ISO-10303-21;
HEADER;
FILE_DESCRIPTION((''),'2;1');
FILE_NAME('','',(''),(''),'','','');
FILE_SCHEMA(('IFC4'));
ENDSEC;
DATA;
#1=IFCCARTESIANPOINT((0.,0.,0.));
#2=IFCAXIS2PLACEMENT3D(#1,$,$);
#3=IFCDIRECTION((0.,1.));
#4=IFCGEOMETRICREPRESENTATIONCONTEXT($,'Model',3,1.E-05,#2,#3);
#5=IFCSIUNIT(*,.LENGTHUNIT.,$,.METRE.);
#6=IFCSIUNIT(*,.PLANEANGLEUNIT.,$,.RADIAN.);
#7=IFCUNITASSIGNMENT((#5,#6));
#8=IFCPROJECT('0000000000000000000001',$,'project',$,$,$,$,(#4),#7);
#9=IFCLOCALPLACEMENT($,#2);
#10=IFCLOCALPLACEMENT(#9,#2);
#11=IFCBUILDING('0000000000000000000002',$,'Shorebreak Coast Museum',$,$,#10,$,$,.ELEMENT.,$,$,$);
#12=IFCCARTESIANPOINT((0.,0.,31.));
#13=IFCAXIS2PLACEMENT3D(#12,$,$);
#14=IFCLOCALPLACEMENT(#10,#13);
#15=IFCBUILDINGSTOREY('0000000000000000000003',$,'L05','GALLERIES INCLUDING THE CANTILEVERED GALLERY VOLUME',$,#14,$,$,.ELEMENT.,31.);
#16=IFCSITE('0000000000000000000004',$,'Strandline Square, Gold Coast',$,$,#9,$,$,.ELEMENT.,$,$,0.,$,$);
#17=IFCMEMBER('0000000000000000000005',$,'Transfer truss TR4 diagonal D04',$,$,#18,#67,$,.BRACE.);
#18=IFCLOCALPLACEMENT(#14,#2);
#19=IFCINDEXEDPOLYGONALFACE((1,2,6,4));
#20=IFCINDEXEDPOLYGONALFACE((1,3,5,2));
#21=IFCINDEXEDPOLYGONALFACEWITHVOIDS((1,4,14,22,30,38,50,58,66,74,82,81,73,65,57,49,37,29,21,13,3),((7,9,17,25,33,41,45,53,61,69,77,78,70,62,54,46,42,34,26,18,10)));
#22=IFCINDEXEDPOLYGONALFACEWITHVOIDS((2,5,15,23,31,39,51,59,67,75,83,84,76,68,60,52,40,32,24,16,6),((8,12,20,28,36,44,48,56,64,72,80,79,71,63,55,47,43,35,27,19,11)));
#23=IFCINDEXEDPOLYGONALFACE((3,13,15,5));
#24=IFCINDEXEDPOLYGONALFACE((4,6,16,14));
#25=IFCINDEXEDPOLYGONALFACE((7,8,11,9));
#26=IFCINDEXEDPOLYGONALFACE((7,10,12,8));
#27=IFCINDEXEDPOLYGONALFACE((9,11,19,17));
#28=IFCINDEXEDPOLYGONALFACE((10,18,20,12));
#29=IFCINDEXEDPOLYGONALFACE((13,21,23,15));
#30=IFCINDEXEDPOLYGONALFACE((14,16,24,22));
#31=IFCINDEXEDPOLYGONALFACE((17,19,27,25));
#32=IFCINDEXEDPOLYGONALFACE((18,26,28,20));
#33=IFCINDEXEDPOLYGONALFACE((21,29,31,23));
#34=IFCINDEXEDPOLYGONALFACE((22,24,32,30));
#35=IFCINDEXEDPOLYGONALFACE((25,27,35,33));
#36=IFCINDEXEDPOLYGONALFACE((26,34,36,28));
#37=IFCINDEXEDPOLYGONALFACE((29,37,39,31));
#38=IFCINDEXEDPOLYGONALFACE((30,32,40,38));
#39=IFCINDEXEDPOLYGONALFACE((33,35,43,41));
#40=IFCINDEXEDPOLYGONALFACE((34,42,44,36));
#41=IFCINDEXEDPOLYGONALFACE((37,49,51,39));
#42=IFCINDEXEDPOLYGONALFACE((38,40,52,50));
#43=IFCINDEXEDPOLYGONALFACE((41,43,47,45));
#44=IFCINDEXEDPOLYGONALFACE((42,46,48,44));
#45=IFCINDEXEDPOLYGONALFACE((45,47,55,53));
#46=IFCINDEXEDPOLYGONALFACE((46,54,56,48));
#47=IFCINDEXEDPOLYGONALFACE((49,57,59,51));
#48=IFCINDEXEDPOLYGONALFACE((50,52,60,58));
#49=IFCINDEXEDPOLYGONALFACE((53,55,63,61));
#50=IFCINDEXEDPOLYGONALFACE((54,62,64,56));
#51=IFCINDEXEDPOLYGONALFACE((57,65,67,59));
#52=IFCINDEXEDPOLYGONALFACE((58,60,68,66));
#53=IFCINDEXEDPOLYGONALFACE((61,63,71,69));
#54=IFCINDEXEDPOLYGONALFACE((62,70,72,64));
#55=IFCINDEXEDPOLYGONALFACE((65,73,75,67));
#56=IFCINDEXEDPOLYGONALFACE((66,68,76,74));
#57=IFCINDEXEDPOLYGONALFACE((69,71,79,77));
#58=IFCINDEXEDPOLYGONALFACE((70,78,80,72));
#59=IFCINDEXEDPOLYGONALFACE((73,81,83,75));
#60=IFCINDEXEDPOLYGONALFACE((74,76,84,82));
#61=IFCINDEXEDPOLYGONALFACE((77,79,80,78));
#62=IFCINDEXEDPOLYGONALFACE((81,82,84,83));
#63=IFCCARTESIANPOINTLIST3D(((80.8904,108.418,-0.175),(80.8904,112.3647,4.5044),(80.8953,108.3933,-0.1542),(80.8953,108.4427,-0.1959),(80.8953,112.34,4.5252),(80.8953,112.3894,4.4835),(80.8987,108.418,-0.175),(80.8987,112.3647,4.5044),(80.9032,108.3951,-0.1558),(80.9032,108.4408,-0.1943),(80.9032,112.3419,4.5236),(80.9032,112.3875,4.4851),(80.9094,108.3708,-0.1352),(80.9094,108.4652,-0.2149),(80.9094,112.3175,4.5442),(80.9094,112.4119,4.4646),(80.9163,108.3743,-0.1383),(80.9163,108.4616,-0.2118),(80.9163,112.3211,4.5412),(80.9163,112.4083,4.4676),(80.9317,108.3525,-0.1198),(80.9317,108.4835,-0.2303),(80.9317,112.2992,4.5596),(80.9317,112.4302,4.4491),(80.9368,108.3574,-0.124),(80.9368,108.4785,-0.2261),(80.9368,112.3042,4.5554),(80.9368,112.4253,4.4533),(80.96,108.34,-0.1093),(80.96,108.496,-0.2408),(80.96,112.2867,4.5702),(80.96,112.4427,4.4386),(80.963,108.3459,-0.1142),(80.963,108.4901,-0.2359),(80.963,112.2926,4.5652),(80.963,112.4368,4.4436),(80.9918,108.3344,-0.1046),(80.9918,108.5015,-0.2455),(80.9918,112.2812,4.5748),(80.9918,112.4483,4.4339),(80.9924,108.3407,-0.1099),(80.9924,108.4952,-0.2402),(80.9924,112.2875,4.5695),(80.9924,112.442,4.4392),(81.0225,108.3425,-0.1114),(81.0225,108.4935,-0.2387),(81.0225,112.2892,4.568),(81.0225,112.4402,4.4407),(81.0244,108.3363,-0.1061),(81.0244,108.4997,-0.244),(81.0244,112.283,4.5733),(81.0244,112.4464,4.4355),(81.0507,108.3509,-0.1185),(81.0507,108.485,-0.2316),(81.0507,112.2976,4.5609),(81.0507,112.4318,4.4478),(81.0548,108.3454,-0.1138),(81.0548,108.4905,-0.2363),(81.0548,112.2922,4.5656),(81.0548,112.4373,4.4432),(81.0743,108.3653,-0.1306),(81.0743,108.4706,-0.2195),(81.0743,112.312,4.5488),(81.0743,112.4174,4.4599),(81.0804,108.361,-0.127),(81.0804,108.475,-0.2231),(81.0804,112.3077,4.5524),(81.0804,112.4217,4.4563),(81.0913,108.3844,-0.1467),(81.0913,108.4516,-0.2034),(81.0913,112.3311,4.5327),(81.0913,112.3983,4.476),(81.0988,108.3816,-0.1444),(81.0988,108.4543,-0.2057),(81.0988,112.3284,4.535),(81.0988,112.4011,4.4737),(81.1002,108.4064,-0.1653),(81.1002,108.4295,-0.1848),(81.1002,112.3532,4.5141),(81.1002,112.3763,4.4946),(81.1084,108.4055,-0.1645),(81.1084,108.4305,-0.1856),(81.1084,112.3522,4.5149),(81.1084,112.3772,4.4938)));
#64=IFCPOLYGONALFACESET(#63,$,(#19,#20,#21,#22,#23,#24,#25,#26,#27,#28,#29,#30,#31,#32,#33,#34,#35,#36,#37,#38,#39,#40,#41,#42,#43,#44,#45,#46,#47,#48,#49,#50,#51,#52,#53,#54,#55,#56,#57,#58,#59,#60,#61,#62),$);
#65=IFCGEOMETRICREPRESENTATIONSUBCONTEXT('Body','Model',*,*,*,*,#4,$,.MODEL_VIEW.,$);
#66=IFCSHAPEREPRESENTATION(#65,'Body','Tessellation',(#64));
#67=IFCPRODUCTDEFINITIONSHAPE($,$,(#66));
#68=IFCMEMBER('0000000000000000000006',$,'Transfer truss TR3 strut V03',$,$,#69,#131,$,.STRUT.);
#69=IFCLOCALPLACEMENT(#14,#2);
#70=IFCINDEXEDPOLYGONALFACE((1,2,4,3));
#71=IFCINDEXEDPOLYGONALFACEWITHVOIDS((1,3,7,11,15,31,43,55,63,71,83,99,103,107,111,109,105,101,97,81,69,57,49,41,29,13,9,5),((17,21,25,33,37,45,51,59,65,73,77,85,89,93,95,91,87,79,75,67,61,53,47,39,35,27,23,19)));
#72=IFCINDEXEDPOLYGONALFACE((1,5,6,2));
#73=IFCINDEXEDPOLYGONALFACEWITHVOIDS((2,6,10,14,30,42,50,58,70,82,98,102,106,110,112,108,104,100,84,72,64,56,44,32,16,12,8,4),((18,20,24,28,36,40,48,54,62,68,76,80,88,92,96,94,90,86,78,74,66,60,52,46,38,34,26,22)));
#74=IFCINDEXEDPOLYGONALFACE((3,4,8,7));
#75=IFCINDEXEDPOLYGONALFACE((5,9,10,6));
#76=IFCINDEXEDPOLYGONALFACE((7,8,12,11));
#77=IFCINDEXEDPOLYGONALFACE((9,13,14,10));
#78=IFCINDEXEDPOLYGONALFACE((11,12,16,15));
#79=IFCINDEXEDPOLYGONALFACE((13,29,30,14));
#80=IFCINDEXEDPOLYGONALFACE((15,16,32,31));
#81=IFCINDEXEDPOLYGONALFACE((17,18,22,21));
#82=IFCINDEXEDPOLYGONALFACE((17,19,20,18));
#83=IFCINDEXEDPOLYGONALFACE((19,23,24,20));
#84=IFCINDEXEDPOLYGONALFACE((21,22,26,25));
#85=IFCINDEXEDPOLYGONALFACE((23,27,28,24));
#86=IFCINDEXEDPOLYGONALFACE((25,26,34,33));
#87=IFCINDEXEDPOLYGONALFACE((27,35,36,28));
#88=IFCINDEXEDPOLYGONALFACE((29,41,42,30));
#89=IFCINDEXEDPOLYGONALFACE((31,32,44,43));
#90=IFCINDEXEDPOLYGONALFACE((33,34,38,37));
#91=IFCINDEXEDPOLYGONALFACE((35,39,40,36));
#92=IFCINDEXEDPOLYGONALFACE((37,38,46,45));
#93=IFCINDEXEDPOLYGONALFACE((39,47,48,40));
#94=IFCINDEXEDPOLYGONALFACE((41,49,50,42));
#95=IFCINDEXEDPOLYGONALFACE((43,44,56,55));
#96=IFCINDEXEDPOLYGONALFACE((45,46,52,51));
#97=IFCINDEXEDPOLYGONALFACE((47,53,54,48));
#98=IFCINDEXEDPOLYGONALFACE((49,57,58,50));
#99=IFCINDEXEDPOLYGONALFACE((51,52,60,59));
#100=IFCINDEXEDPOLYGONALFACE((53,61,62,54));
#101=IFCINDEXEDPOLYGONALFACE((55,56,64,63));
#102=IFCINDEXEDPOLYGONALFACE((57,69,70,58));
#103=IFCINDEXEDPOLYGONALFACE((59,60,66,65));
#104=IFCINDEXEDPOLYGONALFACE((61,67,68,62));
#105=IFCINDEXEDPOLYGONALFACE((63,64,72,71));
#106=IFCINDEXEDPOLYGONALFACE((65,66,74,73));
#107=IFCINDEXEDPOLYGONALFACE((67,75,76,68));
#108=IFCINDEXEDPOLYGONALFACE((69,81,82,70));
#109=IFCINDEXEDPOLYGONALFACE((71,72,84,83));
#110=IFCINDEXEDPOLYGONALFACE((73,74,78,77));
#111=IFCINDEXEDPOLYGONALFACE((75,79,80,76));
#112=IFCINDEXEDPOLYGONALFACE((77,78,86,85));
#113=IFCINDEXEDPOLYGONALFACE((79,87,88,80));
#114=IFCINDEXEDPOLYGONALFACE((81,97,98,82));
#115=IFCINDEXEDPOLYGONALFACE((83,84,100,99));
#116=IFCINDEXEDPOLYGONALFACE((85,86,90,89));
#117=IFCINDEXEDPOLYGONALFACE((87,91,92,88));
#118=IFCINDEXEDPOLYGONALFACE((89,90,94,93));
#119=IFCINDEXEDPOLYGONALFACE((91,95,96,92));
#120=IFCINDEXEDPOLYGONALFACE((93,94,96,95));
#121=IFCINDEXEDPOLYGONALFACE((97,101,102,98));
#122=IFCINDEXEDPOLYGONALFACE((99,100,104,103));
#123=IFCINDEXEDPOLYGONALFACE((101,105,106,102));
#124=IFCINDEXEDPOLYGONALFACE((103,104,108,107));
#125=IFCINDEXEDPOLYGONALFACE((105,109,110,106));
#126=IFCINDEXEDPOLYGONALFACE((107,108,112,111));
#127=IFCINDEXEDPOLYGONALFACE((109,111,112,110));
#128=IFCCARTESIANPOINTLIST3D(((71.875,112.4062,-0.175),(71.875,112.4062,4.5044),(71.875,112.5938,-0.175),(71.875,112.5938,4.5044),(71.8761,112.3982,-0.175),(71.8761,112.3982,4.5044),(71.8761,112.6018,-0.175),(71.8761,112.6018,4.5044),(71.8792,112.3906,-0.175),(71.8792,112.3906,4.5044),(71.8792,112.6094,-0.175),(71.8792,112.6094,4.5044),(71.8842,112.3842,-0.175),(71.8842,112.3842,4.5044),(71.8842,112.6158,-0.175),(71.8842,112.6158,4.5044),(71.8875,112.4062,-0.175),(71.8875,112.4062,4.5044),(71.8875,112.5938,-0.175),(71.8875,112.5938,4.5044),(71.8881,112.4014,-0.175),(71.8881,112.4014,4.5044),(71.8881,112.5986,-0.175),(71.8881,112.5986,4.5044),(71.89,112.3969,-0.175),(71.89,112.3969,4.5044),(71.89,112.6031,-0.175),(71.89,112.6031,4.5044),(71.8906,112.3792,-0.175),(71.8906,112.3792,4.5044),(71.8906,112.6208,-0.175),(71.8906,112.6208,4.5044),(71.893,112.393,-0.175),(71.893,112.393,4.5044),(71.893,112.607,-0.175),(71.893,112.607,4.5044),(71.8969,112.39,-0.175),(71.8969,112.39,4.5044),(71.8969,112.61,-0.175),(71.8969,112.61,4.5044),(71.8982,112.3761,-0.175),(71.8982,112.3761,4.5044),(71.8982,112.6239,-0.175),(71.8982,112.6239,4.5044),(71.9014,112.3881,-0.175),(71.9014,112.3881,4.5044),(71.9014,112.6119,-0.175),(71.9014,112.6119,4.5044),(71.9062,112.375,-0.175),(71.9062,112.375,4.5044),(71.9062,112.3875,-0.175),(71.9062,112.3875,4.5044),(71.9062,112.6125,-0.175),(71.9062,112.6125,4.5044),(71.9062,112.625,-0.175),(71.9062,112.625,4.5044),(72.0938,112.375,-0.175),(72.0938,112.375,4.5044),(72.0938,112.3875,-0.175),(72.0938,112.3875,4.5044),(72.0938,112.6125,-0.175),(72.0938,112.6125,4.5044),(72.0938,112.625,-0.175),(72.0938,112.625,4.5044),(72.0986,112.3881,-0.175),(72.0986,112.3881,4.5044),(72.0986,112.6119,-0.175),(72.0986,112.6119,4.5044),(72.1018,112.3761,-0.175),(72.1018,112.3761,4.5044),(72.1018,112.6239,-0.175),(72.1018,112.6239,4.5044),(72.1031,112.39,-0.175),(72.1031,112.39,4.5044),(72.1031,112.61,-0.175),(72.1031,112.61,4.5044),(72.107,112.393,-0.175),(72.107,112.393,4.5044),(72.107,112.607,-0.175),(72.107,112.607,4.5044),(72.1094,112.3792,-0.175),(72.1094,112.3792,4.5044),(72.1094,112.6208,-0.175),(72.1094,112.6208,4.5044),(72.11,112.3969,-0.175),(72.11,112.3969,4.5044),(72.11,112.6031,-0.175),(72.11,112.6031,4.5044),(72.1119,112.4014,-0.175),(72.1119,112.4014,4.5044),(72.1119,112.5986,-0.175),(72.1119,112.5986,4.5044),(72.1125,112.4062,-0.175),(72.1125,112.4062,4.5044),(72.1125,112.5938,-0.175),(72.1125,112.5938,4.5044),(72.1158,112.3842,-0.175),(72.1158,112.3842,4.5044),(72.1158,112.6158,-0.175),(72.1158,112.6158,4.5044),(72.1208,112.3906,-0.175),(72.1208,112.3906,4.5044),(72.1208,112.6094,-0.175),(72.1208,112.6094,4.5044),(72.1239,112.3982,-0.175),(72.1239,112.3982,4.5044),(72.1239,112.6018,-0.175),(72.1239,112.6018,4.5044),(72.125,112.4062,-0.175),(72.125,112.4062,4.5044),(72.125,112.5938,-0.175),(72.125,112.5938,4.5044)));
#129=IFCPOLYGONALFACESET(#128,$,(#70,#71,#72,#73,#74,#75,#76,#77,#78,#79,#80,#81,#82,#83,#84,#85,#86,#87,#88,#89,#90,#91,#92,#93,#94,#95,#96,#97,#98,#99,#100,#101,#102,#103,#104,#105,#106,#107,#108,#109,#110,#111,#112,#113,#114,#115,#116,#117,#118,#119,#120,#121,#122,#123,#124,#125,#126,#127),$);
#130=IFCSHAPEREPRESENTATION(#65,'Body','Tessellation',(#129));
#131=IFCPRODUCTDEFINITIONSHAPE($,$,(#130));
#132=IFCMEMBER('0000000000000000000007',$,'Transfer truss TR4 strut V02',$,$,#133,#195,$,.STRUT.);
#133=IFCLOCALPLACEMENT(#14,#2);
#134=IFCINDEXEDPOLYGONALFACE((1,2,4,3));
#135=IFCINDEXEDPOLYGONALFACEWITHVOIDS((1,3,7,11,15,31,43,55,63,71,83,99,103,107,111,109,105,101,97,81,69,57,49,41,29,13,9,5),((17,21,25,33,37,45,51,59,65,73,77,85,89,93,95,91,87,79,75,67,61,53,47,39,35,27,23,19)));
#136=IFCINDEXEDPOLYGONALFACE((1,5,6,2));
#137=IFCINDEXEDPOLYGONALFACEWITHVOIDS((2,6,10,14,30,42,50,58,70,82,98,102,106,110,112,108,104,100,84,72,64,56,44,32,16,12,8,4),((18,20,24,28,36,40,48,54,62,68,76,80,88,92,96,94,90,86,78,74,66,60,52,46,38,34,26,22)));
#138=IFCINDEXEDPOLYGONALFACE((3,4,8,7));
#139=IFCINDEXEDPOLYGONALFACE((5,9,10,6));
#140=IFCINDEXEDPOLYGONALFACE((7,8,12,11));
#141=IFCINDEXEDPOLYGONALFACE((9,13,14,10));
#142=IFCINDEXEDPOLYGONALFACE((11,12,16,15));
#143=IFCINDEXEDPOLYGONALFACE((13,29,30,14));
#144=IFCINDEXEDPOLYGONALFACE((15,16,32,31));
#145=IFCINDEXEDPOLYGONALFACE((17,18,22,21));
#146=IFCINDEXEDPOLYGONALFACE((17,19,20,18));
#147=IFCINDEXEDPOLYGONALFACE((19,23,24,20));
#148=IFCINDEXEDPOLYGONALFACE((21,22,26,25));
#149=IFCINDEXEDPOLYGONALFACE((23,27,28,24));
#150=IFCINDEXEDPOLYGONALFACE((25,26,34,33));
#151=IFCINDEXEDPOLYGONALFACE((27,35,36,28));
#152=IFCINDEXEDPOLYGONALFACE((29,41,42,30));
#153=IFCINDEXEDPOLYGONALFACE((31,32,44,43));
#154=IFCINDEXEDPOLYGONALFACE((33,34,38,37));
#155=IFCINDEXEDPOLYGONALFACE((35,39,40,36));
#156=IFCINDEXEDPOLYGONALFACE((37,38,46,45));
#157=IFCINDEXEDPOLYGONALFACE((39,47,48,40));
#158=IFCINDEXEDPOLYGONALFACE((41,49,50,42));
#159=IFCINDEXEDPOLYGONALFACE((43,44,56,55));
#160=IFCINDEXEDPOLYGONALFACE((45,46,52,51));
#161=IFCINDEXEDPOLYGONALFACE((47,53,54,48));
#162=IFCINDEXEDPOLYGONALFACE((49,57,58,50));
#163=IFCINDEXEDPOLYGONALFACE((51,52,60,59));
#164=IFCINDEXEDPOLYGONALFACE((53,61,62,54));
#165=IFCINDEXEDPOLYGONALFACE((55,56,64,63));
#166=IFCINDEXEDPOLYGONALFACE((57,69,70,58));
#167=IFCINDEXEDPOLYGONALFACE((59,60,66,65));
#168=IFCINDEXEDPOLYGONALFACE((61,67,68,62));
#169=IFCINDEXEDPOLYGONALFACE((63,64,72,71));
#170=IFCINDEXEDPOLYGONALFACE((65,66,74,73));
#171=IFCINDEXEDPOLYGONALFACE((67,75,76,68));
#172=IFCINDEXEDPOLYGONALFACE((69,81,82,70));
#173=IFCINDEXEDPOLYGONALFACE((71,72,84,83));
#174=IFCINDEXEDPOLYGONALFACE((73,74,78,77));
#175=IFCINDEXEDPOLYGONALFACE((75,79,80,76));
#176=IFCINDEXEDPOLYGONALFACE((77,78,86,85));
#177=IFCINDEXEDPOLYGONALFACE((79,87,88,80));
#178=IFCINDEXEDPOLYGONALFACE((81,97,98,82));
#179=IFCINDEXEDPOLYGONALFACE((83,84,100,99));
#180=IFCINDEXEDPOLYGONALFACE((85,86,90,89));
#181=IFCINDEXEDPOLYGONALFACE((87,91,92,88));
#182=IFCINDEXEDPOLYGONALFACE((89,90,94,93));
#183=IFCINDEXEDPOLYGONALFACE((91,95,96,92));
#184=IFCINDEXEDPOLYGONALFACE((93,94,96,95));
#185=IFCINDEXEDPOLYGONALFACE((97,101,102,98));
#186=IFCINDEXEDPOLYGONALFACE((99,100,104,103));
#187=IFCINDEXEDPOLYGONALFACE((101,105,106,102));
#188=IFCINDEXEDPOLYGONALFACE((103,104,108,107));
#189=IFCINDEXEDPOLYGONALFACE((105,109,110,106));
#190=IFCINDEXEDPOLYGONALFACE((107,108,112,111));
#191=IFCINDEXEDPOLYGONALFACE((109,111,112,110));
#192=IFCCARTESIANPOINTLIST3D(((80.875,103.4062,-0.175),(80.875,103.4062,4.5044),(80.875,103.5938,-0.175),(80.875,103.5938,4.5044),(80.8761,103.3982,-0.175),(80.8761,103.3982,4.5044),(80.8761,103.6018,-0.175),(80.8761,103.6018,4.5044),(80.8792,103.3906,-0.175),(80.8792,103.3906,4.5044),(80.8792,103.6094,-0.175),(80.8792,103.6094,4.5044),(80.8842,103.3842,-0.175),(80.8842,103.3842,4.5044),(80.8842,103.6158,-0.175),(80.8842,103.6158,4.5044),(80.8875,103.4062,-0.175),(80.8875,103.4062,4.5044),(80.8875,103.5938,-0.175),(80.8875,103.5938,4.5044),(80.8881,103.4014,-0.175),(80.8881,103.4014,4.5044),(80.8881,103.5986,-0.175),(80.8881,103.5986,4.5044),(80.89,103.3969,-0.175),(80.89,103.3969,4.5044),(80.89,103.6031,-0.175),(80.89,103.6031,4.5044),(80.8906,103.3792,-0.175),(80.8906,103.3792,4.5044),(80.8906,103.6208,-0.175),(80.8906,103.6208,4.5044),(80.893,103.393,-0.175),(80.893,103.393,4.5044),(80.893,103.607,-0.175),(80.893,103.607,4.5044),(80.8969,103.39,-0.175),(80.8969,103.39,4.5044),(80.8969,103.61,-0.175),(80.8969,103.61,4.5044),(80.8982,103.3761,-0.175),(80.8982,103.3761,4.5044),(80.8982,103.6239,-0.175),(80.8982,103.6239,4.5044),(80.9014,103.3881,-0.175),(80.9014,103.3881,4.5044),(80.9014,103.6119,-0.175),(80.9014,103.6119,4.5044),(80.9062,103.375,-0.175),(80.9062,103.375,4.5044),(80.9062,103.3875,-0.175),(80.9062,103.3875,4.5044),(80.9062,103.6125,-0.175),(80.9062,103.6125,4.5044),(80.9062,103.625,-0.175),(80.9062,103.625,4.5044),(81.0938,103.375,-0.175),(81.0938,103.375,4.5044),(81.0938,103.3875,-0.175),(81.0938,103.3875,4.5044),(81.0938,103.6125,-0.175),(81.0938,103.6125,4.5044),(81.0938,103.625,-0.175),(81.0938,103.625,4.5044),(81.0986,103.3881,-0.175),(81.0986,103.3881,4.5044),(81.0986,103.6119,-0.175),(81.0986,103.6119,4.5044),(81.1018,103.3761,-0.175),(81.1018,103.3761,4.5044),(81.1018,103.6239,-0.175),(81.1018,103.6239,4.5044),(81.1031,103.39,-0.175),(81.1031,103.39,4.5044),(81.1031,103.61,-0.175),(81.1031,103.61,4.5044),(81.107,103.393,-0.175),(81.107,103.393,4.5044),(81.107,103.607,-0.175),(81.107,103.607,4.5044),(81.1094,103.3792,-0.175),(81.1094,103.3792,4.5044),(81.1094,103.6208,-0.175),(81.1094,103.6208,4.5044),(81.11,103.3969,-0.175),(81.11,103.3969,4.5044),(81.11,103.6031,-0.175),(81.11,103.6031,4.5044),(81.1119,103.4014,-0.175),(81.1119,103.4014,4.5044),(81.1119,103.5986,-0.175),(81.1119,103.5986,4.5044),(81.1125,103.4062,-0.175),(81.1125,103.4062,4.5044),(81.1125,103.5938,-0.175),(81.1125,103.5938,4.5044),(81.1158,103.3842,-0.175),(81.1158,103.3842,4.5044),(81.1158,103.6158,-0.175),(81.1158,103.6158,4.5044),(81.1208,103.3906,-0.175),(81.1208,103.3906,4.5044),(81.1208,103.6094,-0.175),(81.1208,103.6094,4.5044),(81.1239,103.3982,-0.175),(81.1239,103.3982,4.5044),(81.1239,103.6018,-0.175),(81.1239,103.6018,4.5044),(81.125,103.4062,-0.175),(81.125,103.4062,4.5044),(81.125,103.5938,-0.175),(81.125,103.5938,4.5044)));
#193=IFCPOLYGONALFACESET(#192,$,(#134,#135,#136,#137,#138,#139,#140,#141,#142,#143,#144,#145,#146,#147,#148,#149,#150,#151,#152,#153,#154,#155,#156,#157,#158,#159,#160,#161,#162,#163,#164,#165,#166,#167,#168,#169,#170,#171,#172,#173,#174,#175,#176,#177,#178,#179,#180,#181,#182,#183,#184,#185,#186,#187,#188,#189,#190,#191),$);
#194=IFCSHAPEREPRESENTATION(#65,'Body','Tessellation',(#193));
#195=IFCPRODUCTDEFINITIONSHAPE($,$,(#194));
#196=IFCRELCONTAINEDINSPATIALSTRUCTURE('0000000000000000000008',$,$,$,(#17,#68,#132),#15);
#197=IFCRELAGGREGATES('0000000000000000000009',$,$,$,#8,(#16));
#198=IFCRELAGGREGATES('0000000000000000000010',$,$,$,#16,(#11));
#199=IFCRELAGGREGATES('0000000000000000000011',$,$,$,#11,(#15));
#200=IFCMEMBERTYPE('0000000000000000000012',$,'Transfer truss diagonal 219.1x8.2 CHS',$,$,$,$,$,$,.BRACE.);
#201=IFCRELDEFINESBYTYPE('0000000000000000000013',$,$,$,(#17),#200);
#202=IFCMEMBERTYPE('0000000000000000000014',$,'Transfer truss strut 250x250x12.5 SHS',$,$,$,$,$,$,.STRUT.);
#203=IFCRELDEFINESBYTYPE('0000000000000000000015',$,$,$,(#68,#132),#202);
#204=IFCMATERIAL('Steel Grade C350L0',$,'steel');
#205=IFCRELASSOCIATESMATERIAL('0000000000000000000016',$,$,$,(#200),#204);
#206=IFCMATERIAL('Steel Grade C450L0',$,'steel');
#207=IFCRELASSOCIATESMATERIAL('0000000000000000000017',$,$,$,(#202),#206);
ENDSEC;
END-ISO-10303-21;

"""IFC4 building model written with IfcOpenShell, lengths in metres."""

from ifc_helpers import new_model, si_unit, direction, frame, origin, origin_2d, place, context, subcontext, project, spatial, hollow_rectangle, hollow_circle, extrude, material, material_profile, profile_set, type_object, element, save


model = new_model("IFC4")

# Units and contexts
model_context = context("Model", 3, precision=1e-05, world=origin(), true_north=direction((0.0, 1.0)))
body_context = subcontext(model_context, "Body", "Model", "MODEL_VIEW")
ifc_project = project(units=[si_unit("LENGTHUNIT", "METRE"), si_unit("PLANEANGLEUNIT", "RADIAN")], contexts=[model_context])

# Site, building, storey
site_placement = place(None, origin())
site = spatial("IfcSite", under=ifc_project, at=site_placement, Name="Strandline Square, Gold Coast", CompositionType="ELEMENT", RefElevation=0.0)
building_placement = place(site_placement, origin())
building = spatial("IfcBuilding", under=site, at=building_placement, Name="Shorebreak Coast Museum", CompositionType="ELEMENT")
storey_placement = place(building_placement, frame((0.0, 0.0, 31.0)))
storey = spatial("IfcBuildingStorey", under=building, at=storey_placement, Name="L05", Description="GALLERIES INCLUDING THE CANTILEVERED GALLERY VOLUME", CompositionType="ELEMENT", Elevation=31.0)

# Members
ifc_material_1 = material(Name="Steel Grade C350L0", Category="steel")
ifc_material_profile_1 = material_profile(ifc_material_1, hollow_circle(Radius=0.1096, WallThickness=0.0083, at=origin_2d()), Name="219.1x8.2 CHS")
ifc_profile_set_1 = profile_set([ifc_material_profile_1], Name="Steel Grade C350L0")
member_type_1 = type_object("IfcMemberType", Name="Transfer truss diagonal 219.1x8.2 CHS", PredefinedType="BRACE", material=ifc_profile_set_1)
for number, where, z_axis, x_axis, name in (
    (1, (81.0, 108.418, -0.175), (0.0, 0.644728, 0.764412), (-1.0, 0.0, 0.0), "Transfer truss TR4 diagonal D04"),
):
    element("IfcMember", number, at=place(storey_placement, frame(where, z_axis=z_axis, x_axis=x_axis)), inside=storey, type_object=member_type_1, Name=name, PredefinedType="BRACE", context=body_context, shape_type="SweptSolid", body=[
        extrude(hollow_circle(Radius=0.1096, WallThickness=0.0083, at=origin_2d()), origin(), (0.0, 0.0, 1.0), 6.1216),
    ])
ifc_material_2 = material(Name="Steel Grade C450L0", Category="steel")
ifc_material_profile_2 = material_profile(ifc_material_2, hollow_rectangle(XDim=0.25, YDim=0.25, WallThickness=0.0125, InnerFilletRadius=0.0188, OuterFilletRadius=0.0312, at=origin_2d()), Name="250x250x12.5 SHS")
ifc_profile_set_2 = profile_set([ifc_material_profile_2], Name="Steel Grade C450L0")
member_type_2 = type_object("IfcMemberType", Name="Transfer truss strut 250x250x12.5 SHS", PredefinedType="STRUT", material=ifc_profile_set_2)
for number, where, z_axis, x_axis, name in (
    (2, (72.0, 112.5, -0.175), (0.0, 0.0, 1.0), (1.0, 0.0, 0.0), "Transfer truss TR3 strut V03"),
    (3, (81.0, 103.5, -0.175), (0.0, 0.0, 1.0), (1.0, 0.0, 0.0), "Transfer truss TR4 strut V02"),
):
    element("IfcMember", number, at=place(storey_placement, frame(where, z_axis=z_axis, x_axis=x_axis)), inside=storey, type_object=member_type_2, Name=name, PredefinedType="STRUT", context=body_context, shape_type="SweptSolid", body=[
        extrude(hollow_rectangle(XDim=0.25, YDim=0.25, WallThickness=0.0125, InnerFilletRadius=0.0188, OuterFilletRadius=0.0312, at=origin_2d()), origin(), (0.0, 0.0, 1.0), 4.6794),
    ])

save(model, "model.ifc")
